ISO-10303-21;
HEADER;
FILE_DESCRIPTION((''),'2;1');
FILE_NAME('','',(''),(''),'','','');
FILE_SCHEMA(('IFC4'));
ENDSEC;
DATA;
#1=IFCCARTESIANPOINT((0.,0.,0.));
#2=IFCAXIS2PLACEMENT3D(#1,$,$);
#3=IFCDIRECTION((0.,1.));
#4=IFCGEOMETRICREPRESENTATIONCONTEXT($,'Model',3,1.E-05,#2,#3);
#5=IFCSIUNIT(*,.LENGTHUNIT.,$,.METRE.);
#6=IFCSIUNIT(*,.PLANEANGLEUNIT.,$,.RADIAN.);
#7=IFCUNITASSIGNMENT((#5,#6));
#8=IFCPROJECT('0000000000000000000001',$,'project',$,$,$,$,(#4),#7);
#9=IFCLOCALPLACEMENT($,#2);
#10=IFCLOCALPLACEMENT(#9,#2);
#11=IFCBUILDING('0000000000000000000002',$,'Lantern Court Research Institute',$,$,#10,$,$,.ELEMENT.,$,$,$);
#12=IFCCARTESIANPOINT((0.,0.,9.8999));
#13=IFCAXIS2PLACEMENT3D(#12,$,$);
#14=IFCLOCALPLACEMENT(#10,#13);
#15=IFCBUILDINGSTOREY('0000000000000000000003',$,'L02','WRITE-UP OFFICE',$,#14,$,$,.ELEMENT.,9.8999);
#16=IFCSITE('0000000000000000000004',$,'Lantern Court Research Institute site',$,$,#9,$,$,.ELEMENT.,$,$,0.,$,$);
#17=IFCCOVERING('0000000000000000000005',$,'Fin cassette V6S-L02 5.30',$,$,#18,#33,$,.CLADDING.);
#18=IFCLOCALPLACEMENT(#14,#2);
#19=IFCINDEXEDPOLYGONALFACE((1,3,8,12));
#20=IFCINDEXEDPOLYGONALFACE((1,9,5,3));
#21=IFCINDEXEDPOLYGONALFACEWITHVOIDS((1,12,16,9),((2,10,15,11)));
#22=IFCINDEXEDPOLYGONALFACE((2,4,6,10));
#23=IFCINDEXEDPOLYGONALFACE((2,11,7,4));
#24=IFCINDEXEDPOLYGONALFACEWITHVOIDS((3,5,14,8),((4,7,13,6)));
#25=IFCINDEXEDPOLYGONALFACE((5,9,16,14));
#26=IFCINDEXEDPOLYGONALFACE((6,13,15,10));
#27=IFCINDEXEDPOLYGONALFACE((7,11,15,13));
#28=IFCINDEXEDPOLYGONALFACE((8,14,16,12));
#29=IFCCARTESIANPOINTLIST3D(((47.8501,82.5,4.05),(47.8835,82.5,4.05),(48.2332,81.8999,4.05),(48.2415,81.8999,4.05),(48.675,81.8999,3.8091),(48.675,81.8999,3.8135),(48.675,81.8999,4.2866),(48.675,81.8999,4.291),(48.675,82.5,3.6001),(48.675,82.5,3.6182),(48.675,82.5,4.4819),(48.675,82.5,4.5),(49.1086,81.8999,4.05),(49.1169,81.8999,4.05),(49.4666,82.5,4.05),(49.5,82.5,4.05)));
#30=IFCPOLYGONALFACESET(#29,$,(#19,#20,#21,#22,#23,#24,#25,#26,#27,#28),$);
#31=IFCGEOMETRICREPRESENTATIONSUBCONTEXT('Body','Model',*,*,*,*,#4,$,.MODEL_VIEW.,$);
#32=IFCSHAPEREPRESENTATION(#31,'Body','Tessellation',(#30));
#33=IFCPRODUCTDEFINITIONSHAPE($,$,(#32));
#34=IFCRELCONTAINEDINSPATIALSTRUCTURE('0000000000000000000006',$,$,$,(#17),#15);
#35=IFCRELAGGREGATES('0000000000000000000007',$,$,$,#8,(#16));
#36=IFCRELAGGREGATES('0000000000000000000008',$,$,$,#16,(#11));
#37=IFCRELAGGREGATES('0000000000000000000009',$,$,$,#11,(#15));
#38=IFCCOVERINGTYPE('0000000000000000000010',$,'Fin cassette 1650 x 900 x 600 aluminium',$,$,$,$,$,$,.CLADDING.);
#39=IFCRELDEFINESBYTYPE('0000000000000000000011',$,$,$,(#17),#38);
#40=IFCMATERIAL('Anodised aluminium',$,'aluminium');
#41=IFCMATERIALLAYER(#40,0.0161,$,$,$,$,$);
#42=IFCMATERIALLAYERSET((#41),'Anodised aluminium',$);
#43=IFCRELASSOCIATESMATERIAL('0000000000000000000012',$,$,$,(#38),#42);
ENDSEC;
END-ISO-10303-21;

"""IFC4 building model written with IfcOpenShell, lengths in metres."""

from ifc_helpers import new_model, entity, si_unit, direction, frame, origin, place, context, subcontext, project, spatial, material, layer, layer_set, type_object, element, save


model = new_model("IFC4")

# Units and contexts
model_context = context("Model", 3, precision=1e-05, world=origin(), true_north=direction((0.0, 1.0)))
body_context = subcontext(model_context, "Body", "Model", "MODEL_VIEW")
ifc_project = project(units=[si_unit("LENGTHUNIT", "METRE"), si_unit("PLANEANGLEUNIT", "RADIAN")], contexts=[model_context])

# Site, building, storey
site_placement = place(None, origin())
site = spatial("IfcSite", under=ifc_project, at=site_placement, Name="Lantern Court Research Institute site", CompositionType="ELEMENT", RefElevation=0.0)
building_placement = place(site_placement, origin())
building = spatial("IfcBuilding", under=site, at=building_placement, Name="Lantern Court Research Institute", CompositionType="ELEMENT")
storey_placement = place(building_placement, frame((0.0, 0.0, 9.8999)))
storey = spatial("IfcBuildingStorey", under=building, at=storey_placement, Name="L02", Description="WRITE-UP OFFICE", CompositionType="ELEMENT", Elevation=9.8999)

# Covering
ifc_material_1 = material(Name="Anodised aluminium", Category="aluminium")
ifc_layer_1 = layer(ifc_material_1, 0.0161)
ifc_layer_set_1 = layer_set([ifc_layer_1], Name="Anodised aluminium")
covering_type = type_object("IfcCoveringType", Name="Fin cassette 1650 x 900 x 600 aluminium", PredefinedType="CLADDING", material=ifc_layer_set_1)
covering_1_placement = place(storey_placement, frame((48.675, 82.5, 4.05), z_axis=(0.0, -1.0, 0.0), x_axis=(1.0, 0.0, 0.0)))
cartesian_point_1 = entity("IfcCartesianPoint", [0.825, 0.0])
cartesian_point_2 = entity("IfcCartesianPoint", [0.7915, 0.0])
cartesian_point_3 = entity("IfcCartesianPoint", [0.4419, 0.0])
cartesian_point_4 = entity("IfcCartesianPoint", [0.4336, 0.0])
element("IfcCovering", 1, at=covering_1_placement, inside=storey, type_object=covering_type, Name="Fin cassette V6S-L02 5.30", PredefinedType="CLADDING", context=body_context, shape_type="SweptSolid", body=[
    entity("IfcExtrudedAreaSolidTapered", entity("IfcArbitraryProfileDefWithVoids", "AREA", None, entity("IfcPolyline", [cartesian_point_1, entity("IfcCartesianPoint", [0.0, 0.45]), entity("IfcCartesianPoint", [-0.825, 0.0]), entity("IfcCartesianPoint", [0.0, -0.45]), cartesian_point_1]), [entity("IfcPolyline", [cartesian_point_2, entity("IfcCartesianPoint", [0.0, 0.4319]), entity("IfcCartesianPoint", [-0.7915, 0.0]), entity("IfcCartesianPoint", [0.0, -0.4319]), cartesian_point_2])]), entity("IfcAxis2Placement3D", entity("IfcCartesianPoint", [0.0, 0.0, 0.0])), entity("IfcDirection", [0.0, 0.0, 1.0]), 0.6001, entity("IfcArbitraryProfileDefWithVoids", "AREA", None, entity("IfcPolyline", [cartesian_point_3, entity("IfcCartesianPoint", [0.0, 0.241]), entity("IfcCartesianPoint", [-0.4419, 0.0]), entity("IfcCartesianPoint", [0.0, -0.241]), cartesian_point_3]), [entity("IfcPolyline", [cartesian_point_4, entity("IfcCartesianPoint", [0.0, 0.2366]), entity("IfcCartesianPoint", [-0.4336, 0.0]), entity("IfcCartesianPoint", [0.0, -0.2366]), cartesian_point_4])])),
])

save(model, "model.ifc")
